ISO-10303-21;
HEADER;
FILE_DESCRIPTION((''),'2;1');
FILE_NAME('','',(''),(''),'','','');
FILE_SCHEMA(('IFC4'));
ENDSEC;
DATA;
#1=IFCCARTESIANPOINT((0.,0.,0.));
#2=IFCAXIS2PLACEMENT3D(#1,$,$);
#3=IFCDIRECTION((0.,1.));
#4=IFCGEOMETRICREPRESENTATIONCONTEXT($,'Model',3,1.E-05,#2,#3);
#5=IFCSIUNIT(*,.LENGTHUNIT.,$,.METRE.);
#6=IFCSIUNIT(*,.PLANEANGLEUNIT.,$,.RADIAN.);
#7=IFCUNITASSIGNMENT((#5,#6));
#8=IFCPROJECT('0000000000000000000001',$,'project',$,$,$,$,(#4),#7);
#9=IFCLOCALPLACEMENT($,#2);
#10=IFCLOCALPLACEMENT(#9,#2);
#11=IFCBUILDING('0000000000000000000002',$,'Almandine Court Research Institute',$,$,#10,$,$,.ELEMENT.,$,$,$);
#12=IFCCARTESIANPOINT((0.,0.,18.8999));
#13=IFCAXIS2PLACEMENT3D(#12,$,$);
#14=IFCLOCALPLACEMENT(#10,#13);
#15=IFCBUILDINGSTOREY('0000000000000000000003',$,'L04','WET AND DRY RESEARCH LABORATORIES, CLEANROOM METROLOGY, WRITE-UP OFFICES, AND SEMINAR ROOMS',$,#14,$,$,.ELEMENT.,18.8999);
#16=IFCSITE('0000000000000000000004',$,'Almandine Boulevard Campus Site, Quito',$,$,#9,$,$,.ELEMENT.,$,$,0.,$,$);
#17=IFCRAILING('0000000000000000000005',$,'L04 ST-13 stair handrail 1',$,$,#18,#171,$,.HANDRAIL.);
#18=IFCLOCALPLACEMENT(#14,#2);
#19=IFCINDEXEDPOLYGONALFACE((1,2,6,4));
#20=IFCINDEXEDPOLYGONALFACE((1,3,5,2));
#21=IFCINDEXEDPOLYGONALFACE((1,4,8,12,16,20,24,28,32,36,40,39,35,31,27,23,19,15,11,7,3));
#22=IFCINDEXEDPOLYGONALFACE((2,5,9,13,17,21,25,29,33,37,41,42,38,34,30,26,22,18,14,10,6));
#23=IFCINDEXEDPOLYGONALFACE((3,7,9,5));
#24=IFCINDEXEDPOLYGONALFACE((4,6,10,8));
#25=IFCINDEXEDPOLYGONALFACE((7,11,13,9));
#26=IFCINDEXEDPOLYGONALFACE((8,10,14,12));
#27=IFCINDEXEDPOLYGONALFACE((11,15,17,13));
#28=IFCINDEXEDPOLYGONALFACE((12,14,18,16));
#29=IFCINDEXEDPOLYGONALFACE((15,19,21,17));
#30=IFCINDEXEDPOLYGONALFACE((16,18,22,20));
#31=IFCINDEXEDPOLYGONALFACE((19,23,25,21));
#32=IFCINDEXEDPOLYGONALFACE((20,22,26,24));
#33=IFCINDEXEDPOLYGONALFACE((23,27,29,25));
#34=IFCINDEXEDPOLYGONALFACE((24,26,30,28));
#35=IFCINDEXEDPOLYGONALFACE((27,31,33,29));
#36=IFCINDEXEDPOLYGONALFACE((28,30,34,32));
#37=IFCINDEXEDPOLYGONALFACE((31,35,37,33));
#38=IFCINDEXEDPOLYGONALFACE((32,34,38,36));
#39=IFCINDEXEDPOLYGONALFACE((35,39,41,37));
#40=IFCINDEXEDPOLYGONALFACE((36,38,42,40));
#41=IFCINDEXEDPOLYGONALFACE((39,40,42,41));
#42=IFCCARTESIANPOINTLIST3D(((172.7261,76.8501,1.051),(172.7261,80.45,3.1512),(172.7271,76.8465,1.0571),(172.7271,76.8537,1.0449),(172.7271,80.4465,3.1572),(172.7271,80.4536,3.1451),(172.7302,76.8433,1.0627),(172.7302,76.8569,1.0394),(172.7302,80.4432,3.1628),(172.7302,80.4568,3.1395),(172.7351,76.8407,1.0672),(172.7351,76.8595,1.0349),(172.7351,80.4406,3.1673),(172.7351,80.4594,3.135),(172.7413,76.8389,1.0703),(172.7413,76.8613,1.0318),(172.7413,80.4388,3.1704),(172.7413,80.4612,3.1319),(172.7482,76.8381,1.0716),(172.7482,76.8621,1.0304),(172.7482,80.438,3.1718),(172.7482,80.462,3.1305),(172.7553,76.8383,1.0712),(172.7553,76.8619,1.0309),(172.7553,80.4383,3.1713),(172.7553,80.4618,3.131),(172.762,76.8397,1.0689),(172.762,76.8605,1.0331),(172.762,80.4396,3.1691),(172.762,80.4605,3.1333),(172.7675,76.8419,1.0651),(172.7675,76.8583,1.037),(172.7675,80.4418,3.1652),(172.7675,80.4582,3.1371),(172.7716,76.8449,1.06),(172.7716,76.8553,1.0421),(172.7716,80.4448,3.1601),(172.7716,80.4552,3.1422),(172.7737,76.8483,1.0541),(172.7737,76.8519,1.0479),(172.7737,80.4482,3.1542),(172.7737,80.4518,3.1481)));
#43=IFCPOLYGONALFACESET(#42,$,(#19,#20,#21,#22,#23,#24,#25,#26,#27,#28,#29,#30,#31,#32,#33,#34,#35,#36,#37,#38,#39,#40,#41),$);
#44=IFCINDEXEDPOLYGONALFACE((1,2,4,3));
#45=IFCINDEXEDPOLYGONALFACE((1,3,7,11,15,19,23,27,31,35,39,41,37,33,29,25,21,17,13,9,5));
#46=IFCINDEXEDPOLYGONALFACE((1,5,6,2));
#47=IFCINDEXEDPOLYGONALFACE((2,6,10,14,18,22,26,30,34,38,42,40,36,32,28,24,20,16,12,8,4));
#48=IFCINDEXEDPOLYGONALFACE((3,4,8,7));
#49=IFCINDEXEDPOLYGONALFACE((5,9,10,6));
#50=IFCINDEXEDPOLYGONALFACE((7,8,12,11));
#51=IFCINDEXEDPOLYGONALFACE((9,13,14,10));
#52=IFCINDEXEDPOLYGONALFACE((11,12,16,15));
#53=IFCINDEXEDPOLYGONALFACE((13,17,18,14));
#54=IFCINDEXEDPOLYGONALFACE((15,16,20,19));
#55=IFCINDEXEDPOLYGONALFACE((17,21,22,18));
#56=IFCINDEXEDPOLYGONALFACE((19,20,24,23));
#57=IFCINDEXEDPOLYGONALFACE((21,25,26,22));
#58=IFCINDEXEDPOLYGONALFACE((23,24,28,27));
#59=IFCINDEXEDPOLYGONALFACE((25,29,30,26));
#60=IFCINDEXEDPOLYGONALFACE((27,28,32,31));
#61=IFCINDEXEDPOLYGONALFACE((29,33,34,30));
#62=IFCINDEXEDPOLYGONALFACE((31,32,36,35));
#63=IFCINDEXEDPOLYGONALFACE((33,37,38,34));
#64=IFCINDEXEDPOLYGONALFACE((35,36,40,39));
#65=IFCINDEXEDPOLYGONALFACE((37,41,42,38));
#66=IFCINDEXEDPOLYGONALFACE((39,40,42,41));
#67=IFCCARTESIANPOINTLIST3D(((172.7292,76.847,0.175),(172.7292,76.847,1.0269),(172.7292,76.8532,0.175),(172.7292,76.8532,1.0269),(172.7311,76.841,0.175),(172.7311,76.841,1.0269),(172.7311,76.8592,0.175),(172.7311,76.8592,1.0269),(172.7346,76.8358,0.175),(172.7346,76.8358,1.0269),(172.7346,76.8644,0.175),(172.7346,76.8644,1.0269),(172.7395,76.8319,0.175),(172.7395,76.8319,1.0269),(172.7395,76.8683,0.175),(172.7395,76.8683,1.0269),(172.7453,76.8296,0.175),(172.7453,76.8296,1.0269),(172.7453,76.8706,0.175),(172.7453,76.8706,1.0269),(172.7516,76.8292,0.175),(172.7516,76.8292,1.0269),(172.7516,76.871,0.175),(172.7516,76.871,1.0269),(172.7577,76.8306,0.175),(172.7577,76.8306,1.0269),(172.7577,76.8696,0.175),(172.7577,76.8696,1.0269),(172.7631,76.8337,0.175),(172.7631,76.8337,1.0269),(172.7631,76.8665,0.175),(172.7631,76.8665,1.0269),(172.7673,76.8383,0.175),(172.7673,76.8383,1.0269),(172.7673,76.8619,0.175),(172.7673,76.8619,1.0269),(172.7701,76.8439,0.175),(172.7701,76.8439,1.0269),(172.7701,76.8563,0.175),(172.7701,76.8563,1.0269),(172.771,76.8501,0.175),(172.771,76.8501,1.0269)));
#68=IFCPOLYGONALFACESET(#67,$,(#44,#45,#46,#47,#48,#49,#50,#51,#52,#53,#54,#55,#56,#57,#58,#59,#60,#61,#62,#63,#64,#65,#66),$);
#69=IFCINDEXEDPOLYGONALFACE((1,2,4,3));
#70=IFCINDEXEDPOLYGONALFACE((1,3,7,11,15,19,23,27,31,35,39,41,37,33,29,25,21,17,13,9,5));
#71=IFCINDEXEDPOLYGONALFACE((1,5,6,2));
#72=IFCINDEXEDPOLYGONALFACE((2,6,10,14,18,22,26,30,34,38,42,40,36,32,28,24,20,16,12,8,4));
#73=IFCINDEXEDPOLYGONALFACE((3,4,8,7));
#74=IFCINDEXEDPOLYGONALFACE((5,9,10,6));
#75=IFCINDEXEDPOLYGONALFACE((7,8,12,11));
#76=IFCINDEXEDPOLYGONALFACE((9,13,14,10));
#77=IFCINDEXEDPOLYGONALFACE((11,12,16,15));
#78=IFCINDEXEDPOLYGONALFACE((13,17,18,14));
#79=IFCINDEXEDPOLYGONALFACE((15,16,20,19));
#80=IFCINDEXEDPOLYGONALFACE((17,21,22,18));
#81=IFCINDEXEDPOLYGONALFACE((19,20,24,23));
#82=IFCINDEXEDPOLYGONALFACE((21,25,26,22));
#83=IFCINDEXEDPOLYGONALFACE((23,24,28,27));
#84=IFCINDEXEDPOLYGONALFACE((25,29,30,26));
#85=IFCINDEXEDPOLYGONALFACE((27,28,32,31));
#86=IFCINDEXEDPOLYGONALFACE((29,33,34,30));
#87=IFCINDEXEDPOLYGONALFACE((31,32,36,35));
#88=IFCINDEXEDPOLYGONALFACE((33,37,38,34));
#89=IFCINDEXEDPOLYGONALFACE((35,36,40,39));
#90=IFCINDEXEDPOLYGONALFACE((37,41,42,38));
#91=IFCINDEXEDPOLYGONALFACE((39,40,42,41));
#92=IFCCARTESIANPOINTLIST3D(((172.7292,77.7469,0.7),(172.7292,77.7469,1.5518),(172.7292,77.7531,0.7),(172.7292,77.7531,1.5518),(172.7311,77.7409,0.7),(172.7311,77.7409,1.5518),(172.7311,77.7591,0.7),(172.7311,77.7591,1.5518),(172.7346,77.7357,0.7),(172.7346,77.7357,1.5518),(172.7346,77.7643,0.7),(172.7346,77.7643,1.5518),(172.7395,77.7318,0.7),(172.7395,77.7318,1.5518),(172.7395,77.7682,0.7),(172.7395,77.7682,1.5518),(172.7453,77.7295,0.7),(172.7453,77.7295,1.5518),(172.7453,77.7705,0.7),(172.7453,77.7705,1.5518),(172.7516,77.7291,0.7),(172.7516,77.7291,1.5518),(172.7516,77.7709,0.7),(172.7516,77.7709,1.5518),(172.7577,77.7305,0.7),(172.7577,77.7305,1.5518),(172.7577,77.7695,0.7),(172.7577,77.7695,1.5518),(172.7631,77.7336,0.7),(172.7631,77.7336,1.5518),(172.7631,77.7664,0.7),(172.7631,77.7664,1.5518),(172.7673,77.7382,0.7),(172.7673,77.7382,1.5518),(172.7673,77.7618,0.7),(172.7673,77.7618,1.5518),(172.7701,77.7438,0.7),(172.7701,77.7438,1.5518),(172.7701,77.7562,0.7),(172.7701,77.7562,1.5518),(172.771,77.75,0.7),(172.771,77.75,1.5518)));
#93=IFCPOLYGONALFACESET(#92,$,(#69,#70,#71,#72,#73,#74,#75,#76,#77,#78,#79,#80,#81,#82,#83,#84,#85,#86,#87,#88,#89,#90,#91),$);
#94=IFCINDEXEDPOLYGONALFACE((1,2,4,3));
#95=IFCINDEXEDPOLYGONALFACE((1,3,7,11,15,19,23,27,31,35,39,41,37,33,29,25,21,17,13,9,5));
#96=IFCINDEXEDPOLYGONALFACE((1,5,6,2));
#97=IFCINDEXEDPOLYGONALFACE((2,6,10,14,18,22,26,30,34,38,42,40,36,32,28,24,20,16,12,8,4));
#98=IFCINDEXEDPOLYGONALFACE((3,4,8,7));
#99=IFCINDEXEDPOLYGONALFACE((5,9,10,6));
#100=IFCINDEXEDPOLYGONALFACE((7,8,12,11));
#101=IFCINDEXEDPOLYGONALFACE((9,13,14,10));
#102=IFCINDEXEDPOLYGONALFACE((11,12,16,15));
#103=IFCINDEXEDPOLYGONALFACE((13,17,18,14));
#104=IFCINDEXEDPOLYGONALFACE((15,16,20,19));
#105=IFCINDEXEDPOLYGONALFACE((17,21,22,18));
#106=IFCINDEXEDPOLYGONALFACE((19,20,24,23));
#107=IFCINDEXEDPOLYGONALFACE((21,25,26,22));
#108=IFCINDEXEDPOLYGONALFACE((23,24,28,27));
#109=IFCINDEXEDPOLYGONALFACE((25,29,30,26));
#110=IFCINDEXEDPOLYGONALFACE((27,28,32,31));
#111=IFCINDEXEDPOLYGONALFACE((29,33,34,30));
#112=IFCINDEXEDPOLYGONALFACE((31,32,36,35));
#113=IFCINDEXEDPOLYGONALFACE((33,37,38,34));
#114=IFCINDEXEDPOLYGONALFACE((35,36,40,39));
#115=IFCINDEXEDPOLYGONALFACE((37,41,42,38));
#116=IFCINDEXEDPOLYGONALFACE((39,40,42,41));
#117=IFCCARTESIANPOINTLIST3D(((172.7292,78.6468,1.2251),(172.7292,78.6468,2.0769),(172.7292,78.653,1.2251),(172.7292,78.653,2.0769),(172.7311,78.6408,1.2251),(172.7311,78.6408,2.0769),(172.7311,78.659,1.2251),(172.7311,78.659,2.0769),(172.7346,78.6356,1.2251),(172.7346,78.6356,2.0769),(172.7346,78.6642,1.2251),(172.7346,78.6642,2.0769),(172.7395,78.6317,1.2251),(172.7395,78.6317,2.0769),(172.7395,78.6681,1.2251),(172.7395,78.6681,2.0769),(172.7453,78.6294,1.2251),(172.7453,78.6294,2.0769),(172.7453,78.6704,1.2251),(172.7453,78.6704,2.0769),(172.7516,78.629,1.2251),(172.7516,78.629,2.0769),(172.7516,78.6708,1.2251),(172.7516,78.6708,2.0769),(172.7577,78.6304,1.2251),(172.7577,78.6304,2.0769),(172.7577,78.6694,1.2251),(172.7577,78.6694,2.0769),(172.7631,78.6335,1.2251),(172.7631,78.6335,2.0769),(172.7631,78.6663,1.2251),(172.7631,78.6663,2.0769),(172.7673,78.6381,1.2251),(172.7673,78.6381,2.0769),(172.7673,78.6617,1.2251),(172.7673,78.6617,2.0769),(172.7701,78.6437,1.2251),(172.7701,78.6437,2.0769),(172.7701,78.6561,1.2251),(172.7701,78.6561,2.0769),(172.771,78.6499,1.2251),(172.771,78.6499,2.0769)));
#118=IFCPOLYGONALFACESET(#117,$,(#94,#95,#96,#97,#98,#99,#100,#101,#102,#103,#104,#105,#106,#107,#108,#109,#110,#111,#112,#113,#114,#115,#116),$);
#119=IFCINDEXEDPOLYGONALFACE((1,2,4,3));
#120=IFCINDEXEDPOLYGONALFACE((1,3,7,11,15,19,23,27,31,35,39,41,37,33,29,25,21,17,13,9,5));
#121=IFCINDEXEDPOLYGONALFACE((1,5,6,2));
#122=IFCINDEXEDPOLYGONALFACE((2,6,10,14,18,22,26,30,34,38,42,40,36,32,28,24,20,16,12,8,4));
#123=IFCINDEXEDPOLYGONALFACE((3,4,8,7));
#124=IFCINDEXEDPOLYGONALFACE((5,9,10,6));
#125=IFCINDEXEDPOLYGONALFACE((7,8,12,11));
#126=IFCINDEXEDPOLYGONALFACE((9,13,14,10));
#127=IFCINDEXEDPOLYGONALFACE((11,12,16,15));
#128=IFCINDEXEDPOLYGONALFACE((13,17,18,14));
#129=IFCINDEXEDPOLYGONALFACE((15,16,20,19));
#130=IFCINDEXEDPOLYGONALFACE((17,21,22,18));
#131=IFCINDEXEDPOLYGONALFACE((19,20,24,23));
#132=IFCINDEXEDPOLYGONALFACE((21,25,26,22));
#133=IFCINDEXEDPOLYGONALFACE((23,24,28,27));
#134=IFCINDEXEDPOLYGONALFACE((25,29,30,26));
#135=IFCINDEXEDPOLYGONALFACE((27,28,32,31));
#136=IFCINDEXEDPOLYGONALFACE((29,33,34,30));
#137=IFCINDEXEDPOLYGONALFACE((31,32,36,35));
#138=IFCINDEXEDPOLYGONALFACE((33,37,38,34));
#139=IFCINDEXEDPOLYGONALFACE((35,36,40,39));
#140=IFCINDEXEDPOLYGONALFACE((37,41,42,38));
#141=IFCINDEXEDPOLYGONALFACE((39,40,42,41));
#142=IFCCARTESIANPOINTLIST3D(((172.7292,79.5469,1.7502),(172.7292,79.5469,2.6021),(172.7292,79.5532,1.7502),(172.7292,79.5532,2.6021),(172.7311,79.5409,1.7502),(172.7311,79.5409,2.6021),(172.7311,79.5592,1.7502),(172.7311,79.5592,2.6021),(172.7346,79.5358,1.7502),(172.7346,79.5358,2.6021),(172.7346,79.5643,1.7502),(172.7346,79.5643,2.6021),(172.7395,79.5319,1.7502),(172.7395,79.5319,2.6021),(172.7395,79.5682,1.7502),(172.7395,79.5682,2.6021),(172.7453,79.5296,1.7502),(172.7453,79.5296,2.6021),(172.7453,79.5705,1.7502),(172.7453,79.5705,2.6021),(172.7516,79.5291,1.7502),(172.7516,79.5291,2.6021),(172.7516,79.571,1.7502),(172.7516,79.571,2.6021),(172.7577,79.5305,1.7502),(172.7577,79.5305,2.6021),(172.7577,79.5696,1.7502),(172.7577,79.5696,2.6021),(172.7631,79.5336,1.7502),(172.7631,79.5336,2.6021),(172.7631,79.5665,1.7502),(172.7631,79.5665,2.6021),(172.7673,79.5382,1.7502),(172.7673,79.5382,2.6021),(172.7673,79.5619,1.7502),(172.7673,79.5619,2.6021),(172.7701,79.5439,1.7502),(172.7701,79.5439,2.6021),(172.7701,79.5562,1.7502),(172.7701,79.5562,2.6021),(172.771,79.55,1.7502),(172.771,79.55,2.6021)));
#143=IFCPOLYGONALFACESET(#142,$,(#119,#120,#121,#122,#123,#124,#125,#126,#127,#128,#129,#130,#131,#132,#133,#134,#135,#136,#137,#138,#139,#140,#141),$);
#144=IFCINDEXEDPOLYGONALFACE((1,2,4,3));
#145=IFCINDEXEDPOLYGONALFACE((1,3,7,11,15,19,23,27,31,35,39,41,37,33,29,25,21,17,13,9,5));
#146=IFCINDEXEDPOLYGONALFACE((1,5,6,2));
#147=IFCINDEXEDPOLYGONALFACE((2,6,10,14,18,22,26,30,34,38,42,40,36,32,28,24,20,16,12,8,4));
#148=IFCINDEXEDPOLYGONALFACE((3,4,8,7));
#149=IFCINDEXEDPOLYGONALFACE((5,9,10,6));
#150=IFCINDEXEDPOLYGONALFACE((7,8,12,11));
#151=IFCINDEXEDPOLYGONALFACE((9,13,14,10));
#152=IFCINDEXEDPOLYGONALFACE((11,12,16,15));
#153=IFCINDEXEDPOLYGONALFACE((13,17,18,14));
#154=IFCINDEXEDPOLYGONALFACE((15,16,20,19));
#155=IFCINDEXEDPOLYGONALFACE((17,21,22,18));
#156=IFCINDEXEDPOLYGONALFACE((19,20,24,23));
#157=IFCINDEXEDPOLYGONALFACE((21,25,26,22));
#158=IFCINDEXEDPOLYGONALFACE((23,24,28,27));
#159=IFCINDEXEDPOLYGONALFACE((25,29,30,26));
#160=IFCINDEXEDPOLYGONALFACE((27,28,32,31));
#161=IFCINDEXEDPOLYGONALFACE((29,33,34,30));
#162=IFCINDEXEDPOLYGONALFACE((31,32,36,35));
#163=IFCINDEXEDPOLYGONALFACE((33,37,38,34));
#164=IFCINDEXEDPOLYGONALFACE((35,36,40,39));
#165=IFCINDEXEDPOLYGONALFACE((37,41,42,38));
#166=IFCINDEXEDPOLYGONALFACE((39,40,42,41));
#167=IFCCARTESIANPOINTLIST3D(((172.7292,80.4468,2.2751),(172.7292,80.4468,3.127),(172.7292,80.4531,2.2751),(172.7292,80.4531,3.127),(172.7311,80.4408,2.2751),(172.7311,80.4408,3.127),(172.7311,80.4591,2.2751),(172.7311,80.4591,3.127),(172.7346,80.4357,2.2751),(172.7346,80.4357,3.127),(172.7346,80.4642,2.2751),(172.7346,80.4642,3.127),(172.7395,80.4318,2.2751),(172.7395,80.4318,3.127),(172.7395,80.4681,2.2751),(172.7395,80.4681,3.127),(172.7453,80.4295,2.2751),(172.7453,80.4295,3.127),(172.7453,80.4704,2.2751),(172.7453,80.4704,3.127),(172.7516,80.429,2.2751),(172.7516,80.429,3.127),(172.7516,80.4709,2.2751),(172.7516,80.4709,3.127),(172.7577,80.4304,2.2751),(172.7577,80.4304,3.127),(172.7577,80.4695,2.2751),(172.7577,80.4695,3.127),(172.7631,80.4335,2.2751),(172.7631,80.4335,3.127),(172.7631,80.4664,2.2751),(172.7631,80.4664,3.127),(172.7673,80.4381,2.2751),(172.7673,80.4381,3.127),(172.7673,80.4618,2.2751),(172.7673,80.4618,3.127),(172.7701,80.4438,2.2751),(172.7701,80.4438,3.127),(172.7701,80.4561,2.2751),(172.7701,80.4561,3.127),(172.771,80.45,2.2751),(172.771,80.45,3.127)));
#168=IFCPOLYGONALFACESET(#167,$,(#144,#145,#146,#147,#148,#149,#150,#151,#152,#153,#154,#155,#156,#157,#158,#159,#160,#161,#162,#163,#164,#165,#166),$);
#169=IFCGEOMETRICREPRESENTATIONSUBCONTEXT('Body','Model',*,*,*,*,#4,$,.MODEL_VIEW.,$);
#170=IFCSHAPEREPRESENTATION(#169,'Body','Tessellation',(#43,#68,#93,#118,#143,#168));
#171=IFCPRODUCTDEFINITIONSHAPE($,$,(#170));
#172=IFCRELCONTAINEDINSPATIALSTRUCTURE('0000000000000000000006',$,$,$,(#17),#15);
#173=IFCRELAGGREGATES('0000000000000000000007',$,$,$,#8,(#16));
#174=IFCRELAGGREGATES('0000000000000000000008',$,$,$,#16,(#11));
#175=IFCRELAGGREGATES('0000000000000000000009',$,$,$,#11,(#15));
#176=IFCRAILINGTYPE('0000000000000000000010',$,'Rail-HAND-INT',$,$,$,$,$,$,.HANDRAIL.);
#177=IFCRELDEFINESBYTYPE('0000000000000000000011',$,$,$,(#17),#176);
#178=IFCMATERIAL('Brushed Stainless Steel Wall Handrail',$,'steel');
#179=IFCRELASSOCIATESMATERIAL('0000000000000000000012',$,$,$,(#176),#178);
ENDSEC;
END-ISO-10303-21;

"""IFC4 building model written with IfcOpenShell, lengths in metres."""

from ifc_helpers import new_model, si_unit, direction, frame, origin, origin_2d, place, context, subcontext, project, spatial, circle, extrude, material, type_object, element, save


model = new_model("IFC4")

# Units and contexts
model_context = context("Model", 3, precision=1e-05, world=origin(), true_north=direction((0.0, 1.0)))
body_context = subcontext(model_context, "Body", "Model", "MODEL_VIEW")
ifc_project = project(units=[si_unit("LENGTHUNIT", "METRE"), si_unit("PLANEANGLEUNIT", "RADIAN")], contexts=[model_context])

# Site, building, storey
site_placement = place(None, origin())
site = spatial("IfcSite", under=ifc_project, at=site_placement, Name="Almandine Boulevard Campus Site, Quito", CompositionType="ELEMENT", RefElevation=0.0)
building_placement = place(site_placement, origin())
building = spatial("IfcBuilding", under=site, at=building_placement, Name="Almandine Court Research Institute", CompositionType="ELEMENT")
storey_placement = place(building_placement, frame((0.0, 0.0, 18.8999)))
storey = spatial("IfcBuildingStorey", under=building, at=storey_placement, Name="L04", Description="WET AND DRY RESEARCH LABORATORIES, CLEANROOM METROLOGY, WRITE-UP OFFICES, AND SEMINAR ROOMS", CompositionType="ELEMENT", Elevation=18.8999)

# Railing
ifc_material_1 = material(Name="Brushed Stainless Steel Wall Handrail", Category="steel")
railing_type_1 = type_object("IfcRailingType", Name="Rail-HAND-INT", PredefinedType="HANDRAIL", material=ifc_material_1)
railing_1_placement = place(storey_placement, frame((172.75, 76.8501, 0.175)))
element("IfcRailing", 1, at=railing_1_placement, inside=storey, type_object=railing_type_1, Name="L04 ST-13 stair handrail 1", PredefinedType="HANDRAIL", context=body_context, shape_type="SweptSolid", body=[
    extrude(circle(Radius=0.0239, at=origin_2d()), frame((0.0, 0.0, 0.876), z_axis=(0.0, 0.86376, 0.503904), x_axis=(-1.0, 0.0, 0.0)), (0.0, 0.0, 1.0), 4.1677),
    extrude(circle(Radius=0.021, at=origin_2d()), origin(), (0.0, 0.0, 1.0), 0.8518),
    extrude(circle(Radius=0.021, at=origin_2d()), frame((0.0, 0.8999, 0.5249)), (0.0, 0.0, 1.0), 0.8518),
    extrude(circle(Radius=0.021, at=origin_2d()), frame((0.0, 1.7998, 1.05)), (0.0, 0.0, 1.0), 0.8518),
    extrude(circle(Radius=0.021, at=origin_2d()), frame((0.0, 2.7, 1.5752)), (0.0, 0.0, 1.0), 0.8518),
    extrude(circle(Radius=0.021, at=origin_2d()), frame((0.0, 3.5999, 2.1001)), (0.0, 0.0, 1.0), 0.8518),
])

save(model, "model.ifc")
